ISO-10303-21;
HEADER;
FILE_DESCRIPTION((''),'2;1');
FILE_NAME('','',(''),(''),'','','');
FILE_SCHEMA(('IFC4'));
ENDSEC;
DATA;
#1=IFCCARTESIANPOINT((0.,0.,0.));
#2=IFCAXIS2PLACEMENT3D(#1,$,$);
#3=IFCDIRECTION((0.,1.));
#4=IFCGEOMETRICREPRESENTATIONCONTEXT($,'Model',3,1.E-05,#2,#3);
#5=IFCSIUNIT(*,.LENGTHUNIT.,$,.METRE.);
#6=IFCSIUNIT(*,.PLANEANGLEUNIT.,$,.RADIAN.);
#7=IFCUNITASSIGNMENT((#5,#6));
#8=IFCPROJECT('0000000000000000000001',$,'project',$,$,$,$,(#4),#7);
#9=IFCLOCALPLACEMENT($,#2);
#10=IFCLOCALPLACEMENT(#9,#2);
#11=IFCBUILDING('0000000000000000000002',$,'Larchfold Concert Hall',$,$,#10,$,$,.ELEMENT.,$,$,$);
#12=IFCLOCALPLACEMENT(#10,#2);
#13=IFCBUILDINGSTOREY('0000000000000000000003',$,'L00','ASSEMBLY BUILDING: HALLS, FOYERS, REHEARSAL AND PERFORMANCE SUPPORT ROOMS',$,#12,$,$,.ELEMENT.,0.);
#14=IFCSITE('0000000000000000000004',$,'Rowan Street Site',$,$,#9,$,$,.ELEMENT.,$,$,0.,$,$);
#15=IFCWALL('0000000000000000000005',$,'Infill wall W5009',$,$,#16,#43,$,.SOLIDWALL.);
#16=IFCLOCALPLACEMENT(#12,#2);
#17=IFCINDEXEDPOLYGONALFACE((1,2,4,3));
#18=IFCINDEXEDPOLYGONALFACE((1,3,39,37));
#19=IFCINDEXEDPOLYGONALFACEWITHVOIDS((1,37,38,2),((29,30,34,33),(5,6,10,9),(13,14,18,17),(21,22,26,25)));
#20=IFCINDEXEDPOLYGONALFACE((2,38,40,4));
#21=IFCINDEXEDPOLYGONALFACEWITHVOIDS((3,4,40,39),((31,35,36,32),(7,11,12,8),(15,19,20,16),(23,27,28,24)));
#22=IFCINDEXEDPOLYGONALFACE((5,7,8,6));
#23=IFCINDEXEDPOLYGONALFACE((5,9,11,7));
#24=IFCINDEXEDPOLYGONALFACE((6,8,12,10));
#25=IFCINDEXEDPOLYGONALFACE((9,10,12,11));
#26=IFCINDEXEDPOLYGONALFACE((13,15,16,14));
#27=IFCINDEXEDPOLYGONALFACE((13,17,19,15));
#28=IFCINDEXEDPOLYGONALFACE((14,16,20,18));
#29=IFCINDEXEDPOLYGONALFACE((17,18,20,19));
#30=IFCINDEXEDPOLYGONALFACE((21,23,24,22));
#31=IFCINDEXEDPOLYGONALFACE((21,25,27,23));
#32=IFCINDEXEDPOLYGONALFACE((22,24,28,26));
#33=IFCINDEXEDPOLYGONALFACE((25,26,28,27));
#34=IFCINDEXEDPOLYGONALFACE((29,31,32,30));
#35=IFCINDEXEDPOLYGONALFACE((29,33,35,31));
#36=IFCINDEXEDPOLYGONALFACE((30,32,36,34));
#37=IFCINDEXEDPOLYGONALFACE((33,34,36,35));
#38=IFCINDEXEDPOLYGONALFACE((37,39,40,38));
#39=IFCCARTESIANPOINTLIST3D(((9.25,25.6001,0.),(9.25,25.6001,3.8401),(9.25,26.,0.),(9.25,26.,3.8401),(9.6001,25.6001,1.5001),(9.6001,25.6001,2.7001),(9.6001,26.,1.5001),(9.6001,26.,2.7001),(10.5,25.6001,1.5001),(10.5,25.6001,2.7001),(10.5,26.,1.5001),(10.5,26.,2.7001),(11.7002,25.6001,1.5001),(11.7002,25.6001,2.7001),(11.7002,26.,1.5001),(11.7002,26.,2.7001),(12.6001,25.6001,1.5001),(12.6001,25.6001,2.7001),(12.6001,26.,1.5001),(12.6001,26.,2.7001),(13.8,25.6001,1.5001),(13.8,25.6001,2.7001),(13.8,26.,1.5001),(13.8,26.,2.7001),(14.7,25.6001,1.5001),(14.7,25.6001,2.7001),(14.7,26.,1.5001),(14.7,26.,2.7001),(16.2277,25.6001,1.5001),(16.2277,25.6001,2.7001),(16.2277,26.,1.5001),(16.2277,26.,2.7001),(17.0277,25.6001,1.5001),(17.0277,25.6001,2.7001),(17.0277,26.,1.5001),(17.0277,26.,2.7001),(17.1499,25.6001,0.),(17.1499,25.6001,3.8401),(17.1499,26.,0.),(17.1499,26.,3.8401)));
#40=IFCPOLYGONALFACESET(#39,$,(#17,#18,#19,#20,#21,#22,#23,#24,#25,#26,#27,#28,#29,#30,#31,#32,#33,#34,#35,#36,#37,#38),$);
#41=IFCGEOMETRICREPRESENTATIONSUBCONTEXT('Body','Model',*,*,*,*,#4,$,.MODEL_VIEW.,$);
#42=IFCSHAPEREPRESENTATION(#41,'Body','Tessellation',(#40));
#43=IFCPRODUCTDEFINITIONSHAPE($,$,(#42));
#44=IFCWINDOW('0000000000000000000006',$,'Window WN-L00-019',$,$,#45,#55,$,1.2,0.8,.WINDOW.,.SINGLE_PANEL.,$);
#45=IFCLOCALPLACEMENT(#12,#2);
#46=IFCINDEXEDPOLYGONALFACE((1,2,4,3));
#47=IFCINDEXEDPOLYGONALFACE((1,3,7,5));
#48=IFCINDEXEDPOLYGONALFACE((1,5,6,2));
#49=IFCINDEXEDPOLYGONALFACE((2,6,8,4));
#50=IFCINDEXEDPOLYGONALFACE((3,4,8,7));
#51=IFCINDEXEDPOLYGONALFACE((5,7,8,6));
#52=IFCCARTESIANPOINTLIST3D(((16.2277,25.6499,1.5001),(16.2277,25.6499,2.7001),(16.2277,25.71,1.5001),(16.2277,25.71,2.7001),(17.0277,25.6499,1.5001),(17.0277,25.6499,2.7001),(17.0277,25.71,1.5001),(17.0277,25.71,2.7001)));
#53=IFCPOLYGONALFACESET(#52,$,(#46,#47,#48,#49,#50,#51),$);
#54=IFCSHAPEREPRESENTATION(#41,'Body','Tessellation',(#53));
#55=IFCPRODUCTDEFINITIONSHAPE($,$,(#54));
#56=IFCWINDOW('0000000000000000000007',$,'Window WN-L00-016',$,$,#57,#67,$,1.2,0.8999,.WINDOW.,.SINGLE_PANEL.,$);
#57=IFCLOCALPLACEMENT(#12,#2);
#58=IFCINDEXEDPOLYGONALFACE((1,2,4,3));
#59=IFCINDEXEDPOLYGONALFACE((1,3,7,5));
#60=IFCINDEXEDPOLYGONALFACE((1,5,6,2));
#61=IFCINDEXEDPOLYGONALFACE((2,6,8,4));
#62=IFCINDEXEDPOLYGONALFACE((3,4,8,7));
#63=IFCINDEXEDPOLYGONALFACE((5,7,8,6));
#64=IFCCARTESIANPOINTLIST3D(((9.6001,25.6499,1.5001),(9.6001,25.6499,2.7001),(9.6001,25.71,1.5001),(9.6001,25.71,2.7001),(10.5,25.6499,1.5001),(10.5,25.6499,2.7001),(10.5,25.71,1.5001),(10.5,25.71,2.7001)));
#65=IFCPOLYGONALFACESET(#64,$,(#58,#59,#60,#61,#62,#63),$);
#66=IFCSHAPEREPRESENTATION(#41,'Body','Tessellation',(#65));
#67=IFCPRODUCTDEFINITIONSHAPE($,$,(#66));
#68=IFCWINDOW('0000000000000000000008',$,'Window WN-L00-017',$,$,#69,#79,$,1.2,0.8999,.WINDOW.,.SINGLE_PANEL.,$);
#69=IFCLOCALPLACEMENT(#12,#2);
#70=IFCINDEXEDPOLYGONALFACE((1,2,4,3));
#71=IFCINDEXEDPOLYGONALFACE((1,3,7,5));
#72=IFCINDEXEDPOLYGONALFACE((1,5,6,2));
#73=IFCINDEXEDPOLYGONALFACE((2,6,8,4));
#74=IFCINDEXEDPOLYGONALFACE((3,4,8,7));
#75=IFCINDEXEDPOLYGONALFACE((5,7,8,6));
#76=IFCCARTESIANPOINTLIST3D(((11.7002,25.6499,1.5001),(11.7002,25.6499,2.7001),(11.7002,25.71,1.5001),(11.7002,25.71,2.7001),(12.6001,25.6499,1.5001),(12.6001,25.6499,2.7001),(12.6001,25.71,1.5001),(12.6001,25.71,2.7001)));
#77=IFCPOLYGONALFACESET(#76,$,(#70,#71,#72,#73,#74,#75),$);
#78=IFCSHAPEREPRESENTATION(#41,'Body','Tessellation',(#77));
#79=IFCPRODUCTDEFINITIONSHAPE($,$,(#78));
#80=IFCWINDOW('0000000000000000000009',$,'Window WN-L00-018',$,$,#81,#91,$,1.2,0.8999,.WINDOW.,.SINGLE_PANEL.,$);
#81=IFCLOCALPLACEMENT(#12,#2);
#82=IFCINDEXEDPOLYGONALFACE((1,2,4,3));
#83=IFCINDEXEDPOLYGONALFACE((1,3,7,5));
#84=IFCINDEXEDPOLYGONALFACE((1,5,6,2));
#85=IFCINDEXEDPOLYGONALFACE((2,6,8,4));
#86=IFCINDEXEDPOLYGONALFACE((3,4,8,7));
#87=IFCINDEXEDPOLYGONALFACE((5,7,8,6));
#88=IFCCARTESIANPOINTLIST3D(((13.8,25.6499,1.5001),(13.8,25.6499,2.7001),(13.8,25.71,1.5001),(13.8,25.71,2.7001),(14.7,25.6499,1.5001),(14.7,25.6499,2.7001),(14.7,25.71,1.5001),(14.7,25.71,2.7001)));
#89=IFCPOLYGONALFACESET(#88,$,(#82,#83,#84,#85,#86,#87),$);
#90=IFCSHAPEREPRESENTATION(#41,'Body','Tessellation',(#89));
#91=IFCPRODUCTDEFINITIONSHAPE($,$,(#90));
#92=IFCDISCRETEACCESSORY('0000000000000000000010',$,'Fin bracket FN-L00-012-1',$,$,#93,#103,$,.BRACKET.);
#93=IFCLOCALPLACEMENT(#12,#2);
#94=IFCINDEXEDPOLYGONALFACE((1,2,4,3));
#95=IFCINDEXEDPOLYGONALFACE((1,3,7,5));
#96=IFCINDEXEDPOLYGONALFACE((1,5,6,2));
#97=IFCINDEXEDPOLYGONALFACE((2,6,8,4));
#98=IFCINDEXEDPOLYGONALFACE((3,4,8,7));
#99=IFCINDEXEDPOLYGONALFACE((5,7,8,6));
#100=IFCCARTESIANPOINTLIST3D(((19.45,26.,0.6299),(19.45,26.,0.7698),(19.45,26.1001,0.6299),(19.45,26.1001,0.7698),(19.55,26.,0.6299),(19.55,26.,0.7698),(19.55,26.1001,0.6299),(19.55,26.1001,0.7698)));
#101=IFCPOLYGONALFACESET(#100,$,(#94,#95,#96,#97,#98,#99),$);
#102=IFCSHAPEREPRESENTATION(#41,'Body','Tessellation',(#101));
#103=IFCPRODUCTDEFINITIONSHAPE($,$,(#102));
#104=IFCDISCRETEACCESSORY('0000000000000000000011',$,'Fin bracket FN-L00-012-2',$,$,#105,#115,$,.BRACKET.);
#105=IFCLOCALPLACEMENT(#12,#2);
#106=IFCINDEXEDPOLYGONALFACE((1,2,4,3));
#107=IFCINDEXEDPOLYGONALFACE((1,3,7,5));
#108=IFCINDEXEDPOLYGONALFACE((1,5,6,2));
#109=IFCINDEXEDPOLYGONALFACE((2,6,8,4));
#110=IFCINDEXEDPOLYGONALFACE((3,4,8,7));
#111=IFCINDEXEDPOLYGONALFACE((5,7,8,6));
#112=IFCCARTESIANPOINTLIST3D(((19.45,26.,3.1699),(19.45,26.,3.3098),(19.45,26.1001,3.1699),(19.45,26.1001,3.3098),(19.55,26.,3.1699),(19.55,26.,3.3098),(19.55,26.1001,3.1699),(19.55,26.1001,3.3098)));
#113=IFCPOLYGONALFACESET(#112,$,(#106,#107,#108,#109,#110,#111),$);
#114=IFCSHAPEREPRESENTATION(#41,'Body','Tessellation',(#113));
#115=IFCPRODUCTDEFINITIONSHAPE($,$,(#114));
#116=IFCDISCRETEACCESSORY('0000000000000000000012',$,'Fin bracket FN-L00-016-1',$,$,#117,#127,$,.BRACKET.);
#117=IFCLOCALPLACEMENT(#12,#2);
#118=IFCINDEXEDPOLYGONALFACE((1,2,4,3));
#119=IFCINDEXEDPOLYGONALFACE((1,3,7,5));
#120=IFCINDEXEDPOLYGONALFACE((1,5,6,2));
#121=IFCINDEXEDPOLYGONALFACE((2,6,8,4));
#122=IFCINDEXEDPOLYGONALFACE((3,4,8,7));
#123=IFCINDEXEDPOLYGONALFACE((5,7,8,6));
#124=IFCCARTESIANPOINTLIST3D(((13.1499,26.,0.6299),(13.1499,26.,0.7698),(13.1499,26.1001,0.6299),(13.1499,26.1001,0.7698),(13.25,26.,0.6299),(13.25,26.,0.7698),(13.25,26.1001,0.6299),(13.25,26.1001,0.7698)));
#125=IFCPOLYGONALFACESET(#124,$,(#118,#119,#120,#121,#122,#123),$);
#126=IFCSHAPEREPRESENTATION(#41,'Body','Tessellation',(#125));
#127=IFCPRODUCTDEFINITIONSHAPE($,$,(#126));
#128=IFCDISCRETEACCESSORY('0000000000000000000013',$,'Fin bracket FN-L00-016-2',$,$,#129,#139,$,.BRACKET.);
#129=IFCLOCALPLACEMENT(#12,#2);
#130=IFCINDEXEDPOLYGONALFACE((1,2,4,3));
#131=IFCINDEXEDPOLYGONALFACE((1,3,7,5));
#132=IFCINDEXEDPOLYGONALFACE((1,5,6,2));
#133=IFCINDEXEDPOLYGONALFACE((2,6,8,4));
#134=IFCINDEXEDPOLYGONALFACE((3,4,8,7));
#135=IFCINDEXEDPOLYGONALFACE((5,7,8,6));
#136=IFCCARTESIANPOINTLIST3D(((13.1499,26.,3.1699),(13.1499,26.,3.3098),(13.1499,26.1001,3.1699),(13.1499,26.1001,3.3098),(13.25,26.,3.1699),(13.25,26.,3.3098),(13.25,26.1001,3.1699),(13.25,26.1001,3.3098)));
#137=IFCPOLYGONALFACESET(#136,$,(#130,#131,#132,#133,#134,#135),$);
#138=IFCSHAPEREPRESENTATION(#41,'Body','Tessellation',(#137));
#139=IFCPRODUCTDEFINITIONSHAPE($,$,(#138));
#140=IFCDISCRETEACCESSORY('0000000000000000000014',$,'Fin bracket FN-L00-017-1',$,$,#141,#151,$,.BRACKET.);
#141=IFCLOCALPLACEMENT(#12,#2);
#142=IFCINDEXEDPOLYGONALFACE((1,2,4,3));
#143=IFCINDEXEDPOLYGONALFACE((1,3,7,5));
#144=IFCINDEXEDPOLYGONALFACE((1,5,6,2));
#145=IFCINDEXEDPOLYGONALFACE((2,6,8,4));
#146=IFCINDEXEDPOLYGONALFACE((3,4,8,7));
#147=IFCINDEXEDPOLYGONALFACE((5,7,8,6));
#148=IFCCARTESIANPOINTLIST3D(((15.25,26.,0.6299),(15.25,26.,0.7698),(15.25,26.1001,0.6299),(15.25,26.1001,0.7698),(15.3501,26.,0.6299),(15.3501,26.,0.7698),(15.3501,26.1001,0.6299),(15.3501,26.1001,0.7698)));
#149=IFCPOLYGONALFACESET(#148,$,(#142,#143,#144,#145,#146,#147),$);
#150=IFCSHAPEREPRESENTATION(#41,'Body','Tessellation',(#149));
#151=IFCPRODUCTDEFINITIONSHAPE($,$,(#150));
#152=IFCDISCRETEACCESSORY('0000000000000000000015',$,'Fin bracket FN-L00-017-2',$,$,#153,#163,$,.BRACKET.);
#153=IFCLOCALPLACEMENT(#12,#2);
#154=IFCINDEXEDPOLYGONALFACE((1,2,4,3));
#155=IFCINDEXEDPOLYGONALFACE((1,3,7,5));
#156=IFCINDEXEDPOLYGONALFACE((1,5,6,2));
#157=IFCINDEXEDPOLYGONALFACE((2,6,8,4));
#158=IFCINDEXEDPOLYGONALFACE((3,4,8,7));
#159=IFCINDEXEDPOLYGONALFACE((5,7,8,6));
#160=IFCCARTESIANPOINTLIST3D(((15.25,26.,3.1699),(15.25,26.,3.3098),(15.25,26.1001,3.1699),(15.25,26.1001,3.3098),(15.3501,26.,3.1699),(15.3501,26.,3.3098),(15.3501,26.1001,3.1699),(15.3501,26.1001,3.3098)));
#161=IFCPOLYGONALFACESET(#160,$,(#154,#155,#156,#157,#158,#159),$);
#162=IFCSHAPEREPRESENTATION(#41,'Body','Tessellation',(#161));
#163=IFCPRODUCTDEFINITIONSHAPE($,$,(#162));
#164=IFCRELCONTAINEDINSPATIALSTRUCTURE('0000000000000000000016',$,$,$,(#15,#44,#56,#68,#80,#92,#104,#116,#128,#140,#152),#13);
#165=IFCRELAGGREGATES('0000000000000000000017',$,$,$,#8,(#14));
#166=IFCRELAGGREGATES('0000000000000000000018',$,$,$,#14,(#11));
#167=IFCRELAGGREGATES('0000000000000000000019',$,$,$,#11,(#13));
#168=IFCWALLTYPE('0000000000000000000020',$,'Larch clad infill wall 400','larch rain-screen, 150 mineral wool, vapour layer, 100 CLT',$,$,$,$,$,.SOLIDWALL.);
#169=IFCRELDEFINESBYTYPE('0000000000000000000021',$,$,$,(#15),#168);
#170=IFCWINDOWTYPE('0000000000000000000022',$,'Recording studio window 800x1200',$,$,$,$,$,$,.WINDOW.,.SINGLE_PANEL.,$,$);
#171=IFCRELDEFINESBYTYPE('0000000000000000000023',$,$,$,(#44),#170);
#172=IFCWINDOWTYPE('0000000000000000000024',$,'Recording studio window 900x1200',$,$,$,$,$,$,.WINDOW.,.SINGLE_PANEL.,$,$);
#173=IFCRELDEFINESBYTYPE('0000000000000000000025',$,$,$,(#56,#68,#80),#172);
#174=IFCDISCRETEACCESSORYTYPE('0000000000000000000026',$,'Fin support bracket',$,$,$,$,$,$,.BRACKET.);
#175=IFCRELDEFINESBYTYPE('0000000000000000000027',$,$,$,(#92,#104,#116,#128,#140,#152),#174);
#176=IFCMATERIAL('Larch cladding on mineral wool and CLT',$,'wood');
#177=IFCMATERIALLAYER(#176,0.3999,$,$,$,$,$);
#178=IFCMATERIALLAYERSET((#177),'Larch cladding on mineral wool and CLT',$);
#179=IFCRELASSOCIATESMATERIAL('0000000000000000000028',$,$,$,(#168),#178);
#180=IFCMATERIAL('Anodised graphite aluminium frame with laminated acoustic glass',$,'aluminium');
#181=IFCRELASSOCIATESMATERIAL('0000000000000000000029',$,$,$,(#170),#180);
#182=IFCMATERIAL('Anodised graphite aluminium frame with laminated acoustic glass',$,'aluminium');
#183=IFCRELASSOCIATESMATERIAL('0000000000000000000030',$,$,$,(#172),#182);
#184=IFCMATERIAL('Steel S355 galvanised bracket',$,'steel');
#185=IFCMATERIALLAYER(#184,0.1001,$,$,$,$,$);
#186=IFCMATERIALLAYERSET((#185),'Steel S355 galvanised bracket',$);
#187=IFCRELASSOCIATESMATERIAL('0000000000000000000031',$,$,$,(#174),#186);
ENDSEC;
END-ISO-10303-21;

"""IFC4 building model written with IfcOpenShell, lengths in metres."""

from ifc_helpers import new_model, si_unit, direction, frame, frame_2d, origin, origin_2d, place, context, subcontext, project, spatial, rectangle, extrude, material, layer, layer_set, type_object, element, fill, save


model = new_model("IFC4")

# Units and contexts
model_context = context("Model", 3, precision=1e-05, world=origin(), true_north=direction((0.0, 1.0)))
body_context = subcontext(model_context, "Body", "Model", "MODEL_VIEW")
ifc_project = project(units=[si_unit("LENGTHUNIT", "METRE"), si_unit("PLANEANGLEUNIT", "RADIAN")], contexts=[model_context])

# Site, building, storey
site_placement = place(None, origin())
site = spatial("IfcSite", under=ifc_project, at=site_placement, Name="Rowan Street Site", CompositionType="ELEMENT", RefElevation=0.0)
building_placement = place(site_placement, origin())
building = spatial("IfcBuilding", under=site, at=building_placement, Name="Larchfold Concert Hall", CompositionType="ELEMENT")
storey_placement = place(building_placement, origin())
storey = spatial("IfcBuildingStorey", under=building, at=storey_placement, Name="L00", Description="ASSEMBLY BUILDING: HALLS, FOYERS, REHEARSAL AND PERFORMANCE SUPPORT ROOMS", CompositionType="ELEMENT", Elevation=0.0)

# Wall, openings, windows
ifc_material_1 = material(Name="Larch cladding on mineral wool and CLT", Category="wood")
ifc_layer_1 = layer(ifc_material_1, 0.3999)
ifc_layer_set_1 = layer_set([ifc_layer_1], Name="Larch cladding on mineral wool and CLT")
wall_type_1 = type_object("IfcWallType", Name="Larch clad infill wall 400", Description="larch rain-screen, 150 mineral wool, vapour layer, 100 CLT", PredefinedType="SOLIDWALL", material=ifc_layer_set_1)
wall_1_placement = place(storey_placement, frame((17.1499, 25.8, 0.0), z_axis=(0.0, 0.0, 1.0), x_axis=(-1.0, 0.0, 0.0)))
wall_1 = element("IfcWall", 1, at=wall_1_placement, inside=storey, type_object=wall_type_1, Name="Infill wall W5009", PredefinedType="SOLIDWALL", context=body_context, shape_type="SweptSolid", body=[
    extrude(rectangle(XDim=7.8999, YDim=0.3999, at=frame_2d((3.95, 0.0))), origin(), (0.0, 0.0, 1.0), 3.8401),
])
opening_1_placement = place(wall_1_placement, frame((6.6499, 0.0, 1.5)))
opening_1 = element("IfcOpeningElement", 2, at=opening_1_placement, cuts=wall_1, PredefinedType="OPENING", context=body_context, shape_type="SweptSolid", body=[
    extrude(rectangle(XDim=0.8999, YDim=1.2, at=frame_2d((0.45, 0.6001))), frame((0.0, 0.21, 0.0), z_axis=(0.0, -1.0, 0.0), x_axis=(1.0, 0.0, 0.0)), (0.0, 0.0, 1.0), 0.4199),
])
opening_2_placement = place(wall_1_placement, frame((4.5498, 0.0, 1.5)))
opening_2 = element("IfcOpeningElement", 3, at=opening_2_placement, cuts=wall_1, PredefinedType="OPENING", context=body_context, shape_type="SweptSolid", body=[
    extrude(rectangle(XDim=0.8999, YDim=1.2, at=frame_2d((0.45, 0.6001))), frame((0.0, 0.21, 0.0), z_axis=(0.0, -1.0, 0.0), x_axis=(1.0, 0.0, 0.0)), (0.0, 0.0, 1.0), 0.4199),
])
opening_3_placement = place(wall_1_placement, frame((2.45, 0.0, 1.5)))
opening_3 = element("IfcOpeningElement", 4, at=opening_3_placement, cuts=wall_1, PredefinedType="OPENING", context=body_context, shape_type="SweptSolid", body=[
    extrude(rectangle(XDim=0.8999, YDim=1.2, at=frame_2d((0.45, 0.6001))), frame((0.0, 0.21, 0.0), z_axis=(0.0, -1.0, 0.0), x_axis=(1.0, 0.0, 0.0)), (0.0, 0.0, 1.0), 0.4199),
])
opening_4_placement = place(wall_1_placement, frame((0.1223, 0.0, 1.5)))
opening_4 = element("IfcOpeningElement", 5, at=opening_4_placement, cuts=wall_1, PredefinedType="OPENING", context=body_context, shape_type="SweptSolid", body=[
    extrude(rectangle(XDim=0.8, YDim=1.2, at=frame_2d((0.3999, 0.6001))), frame((0.0, 0.21, 0.0), z_axis=(0.0, -1.0, 0.0), x_axis=(1.0, 0.0, 0.0)), (0.0, 0.0, 1.0), 0.4199),
])
ifc_material_2 = material(Name="Anodised graphite aluminium frame with laminated acoustic glass", Category="aluminium")
window_type_1 = type_object("IfcWindowType", Name="Recording studio window 800x1200", PartitioningType="SINGLE_PANEL", PredefinedType="WINDOW", material=ifc_material_2)
window_1_placement = place(opening_4_placement, origin())
window_1 = element("IfcWindow", 6, at=window_1_placement, inside=storey, type_object=window_type_1, Name="Window WN-L00-019", OverallHeight=1.2, OverallWidth=0.8, PartitioningType="SINGLE_PANEL", PredefinedType="WINDOW", context=body_context, shape_type="SweptSolid", body=[
    extrude(rectangle(XDim=0.8, YDim=1.2, at=frame_2d((0.3999, 0.6001))), frame((0.0, 0.1501, 0.0), z_axis=(0.0, -1.0, 0.0), x_axis=(1.0, 0.0, 0.0)), (0.0, 0.0, 1.0), 0.0601),
])
fill(opening_4, window_1)
ifc_material_3 = material(Name="Anodised graphite aluminium frame with laminated acoustic glass", Category="aluminium")
window_type_2 = type_object("IfcWindowType", Name="Recording studio window 900x1200", PartitioningType="SINGLE_PANEL", PredefinedType="WINDOW", material=ifc_material_3)
window_2_placement = place(opening_1_placement, origin())
window_2 = element("IfcWindow", 7, at=window_2_placement, inside=storey, type_object=window_type_2, Name="Window WN-L00-016", OverallHeight=1.2, OverallWidth=0.8999, PartitioningType="SINGLE_PANEL", PredefinedType="WINDOW", context=body_context, shape_type="SweptSolid", body=[
    extrude(rectangle(XDim=0.8999, YDim=1.2, at=frame_2d((0.45, 0.6001))), frame((0.0, 0.1501, 0.0), z_axis=(0.0, -1.0, 0.0), x_axis=(1.0, 0.0, 0.0)), (0.0, 0.0, 1.0), 0.0601),
])
fill(opening_1, window_2)
window_3_placement = place(opening_2_placement, origin())
window_3 = element("IfcWindow", 8, at=window_3_placement, inside=storey, type_object=window_type_2, Name="Window WN-L00-017", OverallHeight=1.2, OverallWidth=0.8999, PartitioningType="SINGLE_PANEL", PredefinedType="WINDOW", context=body_context, shape_type="SweptSolid", body=[
    extrude(rectangle(XDim=0.8999, YDim=1.2, at=frame_2d((0.45, 0.6001))), frame((0.0, 0.1501, 0.0), z_axis=(0.0, -1.0, 0.0), x_axis=(1.0, 0.0, 0.0)), (0.0, 0.0, 1.0), 0.0601),
])
fill(opening_2, window_3)
window_4_placement = place(opening_3_placement, origin())
window_4 = element("IfcWindow", 9, at=window_4_placement, inside=storey, type_object=window_type_2, Name="Window WN-L00-018", OverallHeight=1.2, OverallWidth=0.8999, PartitioningType="SINGLE_PANEL", PredefinedType="WINDOW", context=body_context, shape_type="SweptSolid", body=[
    extrude(rectangle(XDim=0.8999, YDim=1.2, at=frame_2d((0.45, 0.6001))), frame((0.0, 0.1501, 0.0), z_axis=(0.0, -1.0, 0.0), x_axis=(1.0, 0.0, 0.0)), (0.0, 0.0, 1.0), 0.0601),
])
fill(opening_3, window_4)

# Discrete accessories
ifc_material_4 = material(Name="Steel S355 galvanised bracket", Category="steel")
ifc_layer_2 = layer(ifc_material_4, 0.1001)
ifc_layer_set_2 = layer_set([ifc_layer_2], Name="Steel S355 galvanised bracket")
discrete_accessory_type = type_object("IfcDiscreteAccessoryType", Name="Fin support bracket", PredefinedType="BRACKET", material=ifc_layer_set_2)
for number, where, z_axis, x_axis, name in (
    (10, (19.5, 26.05, 0.6299), (0.0, 0.0, 1.0), (0.0, 1.0, 0.0), "Fin bracket FN-L00-012-1"),
    (11, (19.5, 26.05, 3.1699), (0.0, 0.0, 1.0), (0.0, 1.0, 0.0), "Fin bracket FN-L00-012-2"),
    (12, (13.2, 26.05, 0.6299), (0.0, 0.0, 1.0), (0.0, 1.0, 0.0), "Fin bracket FN-L00-016-1"),
    (13, (13.2, 26.05, 3.1699), (0.0, 0.0, 1.0), (0.0, 1.0, 0.0), "Fin bracket FN-L00-016-2"),
    (14, (15.3, 26.05, 0.6299), (0.0, 0.0, 1.0), (0.0, 1.0, 0.0), "Fin bracket FN-L00-017-1"),
    (15, (15.3, 26.05, 3.1699), (0.0, 0.0, 1.0), (0.0, 1.0, 0.0), "Fin bracket FN-L00-017-2"),
):
    element("IfcDiscreteAccessory", number, at=place(storey_placement, frame(where, z_axis=z_axis, x_axis=x_axis)), inside=storey, type_object=discrete_accessory_type, Name=name, PredefinedType="BRACKET", context=body_context, shape_type="SweptSolid", body=[
        extrude(rectangle(XDim=0.1001, YDim=0.1001, at=origin_2d()), origin(), (0.0, 0.0, 1.0), 0.1399),
    ])

save(model, "model.ifc")
